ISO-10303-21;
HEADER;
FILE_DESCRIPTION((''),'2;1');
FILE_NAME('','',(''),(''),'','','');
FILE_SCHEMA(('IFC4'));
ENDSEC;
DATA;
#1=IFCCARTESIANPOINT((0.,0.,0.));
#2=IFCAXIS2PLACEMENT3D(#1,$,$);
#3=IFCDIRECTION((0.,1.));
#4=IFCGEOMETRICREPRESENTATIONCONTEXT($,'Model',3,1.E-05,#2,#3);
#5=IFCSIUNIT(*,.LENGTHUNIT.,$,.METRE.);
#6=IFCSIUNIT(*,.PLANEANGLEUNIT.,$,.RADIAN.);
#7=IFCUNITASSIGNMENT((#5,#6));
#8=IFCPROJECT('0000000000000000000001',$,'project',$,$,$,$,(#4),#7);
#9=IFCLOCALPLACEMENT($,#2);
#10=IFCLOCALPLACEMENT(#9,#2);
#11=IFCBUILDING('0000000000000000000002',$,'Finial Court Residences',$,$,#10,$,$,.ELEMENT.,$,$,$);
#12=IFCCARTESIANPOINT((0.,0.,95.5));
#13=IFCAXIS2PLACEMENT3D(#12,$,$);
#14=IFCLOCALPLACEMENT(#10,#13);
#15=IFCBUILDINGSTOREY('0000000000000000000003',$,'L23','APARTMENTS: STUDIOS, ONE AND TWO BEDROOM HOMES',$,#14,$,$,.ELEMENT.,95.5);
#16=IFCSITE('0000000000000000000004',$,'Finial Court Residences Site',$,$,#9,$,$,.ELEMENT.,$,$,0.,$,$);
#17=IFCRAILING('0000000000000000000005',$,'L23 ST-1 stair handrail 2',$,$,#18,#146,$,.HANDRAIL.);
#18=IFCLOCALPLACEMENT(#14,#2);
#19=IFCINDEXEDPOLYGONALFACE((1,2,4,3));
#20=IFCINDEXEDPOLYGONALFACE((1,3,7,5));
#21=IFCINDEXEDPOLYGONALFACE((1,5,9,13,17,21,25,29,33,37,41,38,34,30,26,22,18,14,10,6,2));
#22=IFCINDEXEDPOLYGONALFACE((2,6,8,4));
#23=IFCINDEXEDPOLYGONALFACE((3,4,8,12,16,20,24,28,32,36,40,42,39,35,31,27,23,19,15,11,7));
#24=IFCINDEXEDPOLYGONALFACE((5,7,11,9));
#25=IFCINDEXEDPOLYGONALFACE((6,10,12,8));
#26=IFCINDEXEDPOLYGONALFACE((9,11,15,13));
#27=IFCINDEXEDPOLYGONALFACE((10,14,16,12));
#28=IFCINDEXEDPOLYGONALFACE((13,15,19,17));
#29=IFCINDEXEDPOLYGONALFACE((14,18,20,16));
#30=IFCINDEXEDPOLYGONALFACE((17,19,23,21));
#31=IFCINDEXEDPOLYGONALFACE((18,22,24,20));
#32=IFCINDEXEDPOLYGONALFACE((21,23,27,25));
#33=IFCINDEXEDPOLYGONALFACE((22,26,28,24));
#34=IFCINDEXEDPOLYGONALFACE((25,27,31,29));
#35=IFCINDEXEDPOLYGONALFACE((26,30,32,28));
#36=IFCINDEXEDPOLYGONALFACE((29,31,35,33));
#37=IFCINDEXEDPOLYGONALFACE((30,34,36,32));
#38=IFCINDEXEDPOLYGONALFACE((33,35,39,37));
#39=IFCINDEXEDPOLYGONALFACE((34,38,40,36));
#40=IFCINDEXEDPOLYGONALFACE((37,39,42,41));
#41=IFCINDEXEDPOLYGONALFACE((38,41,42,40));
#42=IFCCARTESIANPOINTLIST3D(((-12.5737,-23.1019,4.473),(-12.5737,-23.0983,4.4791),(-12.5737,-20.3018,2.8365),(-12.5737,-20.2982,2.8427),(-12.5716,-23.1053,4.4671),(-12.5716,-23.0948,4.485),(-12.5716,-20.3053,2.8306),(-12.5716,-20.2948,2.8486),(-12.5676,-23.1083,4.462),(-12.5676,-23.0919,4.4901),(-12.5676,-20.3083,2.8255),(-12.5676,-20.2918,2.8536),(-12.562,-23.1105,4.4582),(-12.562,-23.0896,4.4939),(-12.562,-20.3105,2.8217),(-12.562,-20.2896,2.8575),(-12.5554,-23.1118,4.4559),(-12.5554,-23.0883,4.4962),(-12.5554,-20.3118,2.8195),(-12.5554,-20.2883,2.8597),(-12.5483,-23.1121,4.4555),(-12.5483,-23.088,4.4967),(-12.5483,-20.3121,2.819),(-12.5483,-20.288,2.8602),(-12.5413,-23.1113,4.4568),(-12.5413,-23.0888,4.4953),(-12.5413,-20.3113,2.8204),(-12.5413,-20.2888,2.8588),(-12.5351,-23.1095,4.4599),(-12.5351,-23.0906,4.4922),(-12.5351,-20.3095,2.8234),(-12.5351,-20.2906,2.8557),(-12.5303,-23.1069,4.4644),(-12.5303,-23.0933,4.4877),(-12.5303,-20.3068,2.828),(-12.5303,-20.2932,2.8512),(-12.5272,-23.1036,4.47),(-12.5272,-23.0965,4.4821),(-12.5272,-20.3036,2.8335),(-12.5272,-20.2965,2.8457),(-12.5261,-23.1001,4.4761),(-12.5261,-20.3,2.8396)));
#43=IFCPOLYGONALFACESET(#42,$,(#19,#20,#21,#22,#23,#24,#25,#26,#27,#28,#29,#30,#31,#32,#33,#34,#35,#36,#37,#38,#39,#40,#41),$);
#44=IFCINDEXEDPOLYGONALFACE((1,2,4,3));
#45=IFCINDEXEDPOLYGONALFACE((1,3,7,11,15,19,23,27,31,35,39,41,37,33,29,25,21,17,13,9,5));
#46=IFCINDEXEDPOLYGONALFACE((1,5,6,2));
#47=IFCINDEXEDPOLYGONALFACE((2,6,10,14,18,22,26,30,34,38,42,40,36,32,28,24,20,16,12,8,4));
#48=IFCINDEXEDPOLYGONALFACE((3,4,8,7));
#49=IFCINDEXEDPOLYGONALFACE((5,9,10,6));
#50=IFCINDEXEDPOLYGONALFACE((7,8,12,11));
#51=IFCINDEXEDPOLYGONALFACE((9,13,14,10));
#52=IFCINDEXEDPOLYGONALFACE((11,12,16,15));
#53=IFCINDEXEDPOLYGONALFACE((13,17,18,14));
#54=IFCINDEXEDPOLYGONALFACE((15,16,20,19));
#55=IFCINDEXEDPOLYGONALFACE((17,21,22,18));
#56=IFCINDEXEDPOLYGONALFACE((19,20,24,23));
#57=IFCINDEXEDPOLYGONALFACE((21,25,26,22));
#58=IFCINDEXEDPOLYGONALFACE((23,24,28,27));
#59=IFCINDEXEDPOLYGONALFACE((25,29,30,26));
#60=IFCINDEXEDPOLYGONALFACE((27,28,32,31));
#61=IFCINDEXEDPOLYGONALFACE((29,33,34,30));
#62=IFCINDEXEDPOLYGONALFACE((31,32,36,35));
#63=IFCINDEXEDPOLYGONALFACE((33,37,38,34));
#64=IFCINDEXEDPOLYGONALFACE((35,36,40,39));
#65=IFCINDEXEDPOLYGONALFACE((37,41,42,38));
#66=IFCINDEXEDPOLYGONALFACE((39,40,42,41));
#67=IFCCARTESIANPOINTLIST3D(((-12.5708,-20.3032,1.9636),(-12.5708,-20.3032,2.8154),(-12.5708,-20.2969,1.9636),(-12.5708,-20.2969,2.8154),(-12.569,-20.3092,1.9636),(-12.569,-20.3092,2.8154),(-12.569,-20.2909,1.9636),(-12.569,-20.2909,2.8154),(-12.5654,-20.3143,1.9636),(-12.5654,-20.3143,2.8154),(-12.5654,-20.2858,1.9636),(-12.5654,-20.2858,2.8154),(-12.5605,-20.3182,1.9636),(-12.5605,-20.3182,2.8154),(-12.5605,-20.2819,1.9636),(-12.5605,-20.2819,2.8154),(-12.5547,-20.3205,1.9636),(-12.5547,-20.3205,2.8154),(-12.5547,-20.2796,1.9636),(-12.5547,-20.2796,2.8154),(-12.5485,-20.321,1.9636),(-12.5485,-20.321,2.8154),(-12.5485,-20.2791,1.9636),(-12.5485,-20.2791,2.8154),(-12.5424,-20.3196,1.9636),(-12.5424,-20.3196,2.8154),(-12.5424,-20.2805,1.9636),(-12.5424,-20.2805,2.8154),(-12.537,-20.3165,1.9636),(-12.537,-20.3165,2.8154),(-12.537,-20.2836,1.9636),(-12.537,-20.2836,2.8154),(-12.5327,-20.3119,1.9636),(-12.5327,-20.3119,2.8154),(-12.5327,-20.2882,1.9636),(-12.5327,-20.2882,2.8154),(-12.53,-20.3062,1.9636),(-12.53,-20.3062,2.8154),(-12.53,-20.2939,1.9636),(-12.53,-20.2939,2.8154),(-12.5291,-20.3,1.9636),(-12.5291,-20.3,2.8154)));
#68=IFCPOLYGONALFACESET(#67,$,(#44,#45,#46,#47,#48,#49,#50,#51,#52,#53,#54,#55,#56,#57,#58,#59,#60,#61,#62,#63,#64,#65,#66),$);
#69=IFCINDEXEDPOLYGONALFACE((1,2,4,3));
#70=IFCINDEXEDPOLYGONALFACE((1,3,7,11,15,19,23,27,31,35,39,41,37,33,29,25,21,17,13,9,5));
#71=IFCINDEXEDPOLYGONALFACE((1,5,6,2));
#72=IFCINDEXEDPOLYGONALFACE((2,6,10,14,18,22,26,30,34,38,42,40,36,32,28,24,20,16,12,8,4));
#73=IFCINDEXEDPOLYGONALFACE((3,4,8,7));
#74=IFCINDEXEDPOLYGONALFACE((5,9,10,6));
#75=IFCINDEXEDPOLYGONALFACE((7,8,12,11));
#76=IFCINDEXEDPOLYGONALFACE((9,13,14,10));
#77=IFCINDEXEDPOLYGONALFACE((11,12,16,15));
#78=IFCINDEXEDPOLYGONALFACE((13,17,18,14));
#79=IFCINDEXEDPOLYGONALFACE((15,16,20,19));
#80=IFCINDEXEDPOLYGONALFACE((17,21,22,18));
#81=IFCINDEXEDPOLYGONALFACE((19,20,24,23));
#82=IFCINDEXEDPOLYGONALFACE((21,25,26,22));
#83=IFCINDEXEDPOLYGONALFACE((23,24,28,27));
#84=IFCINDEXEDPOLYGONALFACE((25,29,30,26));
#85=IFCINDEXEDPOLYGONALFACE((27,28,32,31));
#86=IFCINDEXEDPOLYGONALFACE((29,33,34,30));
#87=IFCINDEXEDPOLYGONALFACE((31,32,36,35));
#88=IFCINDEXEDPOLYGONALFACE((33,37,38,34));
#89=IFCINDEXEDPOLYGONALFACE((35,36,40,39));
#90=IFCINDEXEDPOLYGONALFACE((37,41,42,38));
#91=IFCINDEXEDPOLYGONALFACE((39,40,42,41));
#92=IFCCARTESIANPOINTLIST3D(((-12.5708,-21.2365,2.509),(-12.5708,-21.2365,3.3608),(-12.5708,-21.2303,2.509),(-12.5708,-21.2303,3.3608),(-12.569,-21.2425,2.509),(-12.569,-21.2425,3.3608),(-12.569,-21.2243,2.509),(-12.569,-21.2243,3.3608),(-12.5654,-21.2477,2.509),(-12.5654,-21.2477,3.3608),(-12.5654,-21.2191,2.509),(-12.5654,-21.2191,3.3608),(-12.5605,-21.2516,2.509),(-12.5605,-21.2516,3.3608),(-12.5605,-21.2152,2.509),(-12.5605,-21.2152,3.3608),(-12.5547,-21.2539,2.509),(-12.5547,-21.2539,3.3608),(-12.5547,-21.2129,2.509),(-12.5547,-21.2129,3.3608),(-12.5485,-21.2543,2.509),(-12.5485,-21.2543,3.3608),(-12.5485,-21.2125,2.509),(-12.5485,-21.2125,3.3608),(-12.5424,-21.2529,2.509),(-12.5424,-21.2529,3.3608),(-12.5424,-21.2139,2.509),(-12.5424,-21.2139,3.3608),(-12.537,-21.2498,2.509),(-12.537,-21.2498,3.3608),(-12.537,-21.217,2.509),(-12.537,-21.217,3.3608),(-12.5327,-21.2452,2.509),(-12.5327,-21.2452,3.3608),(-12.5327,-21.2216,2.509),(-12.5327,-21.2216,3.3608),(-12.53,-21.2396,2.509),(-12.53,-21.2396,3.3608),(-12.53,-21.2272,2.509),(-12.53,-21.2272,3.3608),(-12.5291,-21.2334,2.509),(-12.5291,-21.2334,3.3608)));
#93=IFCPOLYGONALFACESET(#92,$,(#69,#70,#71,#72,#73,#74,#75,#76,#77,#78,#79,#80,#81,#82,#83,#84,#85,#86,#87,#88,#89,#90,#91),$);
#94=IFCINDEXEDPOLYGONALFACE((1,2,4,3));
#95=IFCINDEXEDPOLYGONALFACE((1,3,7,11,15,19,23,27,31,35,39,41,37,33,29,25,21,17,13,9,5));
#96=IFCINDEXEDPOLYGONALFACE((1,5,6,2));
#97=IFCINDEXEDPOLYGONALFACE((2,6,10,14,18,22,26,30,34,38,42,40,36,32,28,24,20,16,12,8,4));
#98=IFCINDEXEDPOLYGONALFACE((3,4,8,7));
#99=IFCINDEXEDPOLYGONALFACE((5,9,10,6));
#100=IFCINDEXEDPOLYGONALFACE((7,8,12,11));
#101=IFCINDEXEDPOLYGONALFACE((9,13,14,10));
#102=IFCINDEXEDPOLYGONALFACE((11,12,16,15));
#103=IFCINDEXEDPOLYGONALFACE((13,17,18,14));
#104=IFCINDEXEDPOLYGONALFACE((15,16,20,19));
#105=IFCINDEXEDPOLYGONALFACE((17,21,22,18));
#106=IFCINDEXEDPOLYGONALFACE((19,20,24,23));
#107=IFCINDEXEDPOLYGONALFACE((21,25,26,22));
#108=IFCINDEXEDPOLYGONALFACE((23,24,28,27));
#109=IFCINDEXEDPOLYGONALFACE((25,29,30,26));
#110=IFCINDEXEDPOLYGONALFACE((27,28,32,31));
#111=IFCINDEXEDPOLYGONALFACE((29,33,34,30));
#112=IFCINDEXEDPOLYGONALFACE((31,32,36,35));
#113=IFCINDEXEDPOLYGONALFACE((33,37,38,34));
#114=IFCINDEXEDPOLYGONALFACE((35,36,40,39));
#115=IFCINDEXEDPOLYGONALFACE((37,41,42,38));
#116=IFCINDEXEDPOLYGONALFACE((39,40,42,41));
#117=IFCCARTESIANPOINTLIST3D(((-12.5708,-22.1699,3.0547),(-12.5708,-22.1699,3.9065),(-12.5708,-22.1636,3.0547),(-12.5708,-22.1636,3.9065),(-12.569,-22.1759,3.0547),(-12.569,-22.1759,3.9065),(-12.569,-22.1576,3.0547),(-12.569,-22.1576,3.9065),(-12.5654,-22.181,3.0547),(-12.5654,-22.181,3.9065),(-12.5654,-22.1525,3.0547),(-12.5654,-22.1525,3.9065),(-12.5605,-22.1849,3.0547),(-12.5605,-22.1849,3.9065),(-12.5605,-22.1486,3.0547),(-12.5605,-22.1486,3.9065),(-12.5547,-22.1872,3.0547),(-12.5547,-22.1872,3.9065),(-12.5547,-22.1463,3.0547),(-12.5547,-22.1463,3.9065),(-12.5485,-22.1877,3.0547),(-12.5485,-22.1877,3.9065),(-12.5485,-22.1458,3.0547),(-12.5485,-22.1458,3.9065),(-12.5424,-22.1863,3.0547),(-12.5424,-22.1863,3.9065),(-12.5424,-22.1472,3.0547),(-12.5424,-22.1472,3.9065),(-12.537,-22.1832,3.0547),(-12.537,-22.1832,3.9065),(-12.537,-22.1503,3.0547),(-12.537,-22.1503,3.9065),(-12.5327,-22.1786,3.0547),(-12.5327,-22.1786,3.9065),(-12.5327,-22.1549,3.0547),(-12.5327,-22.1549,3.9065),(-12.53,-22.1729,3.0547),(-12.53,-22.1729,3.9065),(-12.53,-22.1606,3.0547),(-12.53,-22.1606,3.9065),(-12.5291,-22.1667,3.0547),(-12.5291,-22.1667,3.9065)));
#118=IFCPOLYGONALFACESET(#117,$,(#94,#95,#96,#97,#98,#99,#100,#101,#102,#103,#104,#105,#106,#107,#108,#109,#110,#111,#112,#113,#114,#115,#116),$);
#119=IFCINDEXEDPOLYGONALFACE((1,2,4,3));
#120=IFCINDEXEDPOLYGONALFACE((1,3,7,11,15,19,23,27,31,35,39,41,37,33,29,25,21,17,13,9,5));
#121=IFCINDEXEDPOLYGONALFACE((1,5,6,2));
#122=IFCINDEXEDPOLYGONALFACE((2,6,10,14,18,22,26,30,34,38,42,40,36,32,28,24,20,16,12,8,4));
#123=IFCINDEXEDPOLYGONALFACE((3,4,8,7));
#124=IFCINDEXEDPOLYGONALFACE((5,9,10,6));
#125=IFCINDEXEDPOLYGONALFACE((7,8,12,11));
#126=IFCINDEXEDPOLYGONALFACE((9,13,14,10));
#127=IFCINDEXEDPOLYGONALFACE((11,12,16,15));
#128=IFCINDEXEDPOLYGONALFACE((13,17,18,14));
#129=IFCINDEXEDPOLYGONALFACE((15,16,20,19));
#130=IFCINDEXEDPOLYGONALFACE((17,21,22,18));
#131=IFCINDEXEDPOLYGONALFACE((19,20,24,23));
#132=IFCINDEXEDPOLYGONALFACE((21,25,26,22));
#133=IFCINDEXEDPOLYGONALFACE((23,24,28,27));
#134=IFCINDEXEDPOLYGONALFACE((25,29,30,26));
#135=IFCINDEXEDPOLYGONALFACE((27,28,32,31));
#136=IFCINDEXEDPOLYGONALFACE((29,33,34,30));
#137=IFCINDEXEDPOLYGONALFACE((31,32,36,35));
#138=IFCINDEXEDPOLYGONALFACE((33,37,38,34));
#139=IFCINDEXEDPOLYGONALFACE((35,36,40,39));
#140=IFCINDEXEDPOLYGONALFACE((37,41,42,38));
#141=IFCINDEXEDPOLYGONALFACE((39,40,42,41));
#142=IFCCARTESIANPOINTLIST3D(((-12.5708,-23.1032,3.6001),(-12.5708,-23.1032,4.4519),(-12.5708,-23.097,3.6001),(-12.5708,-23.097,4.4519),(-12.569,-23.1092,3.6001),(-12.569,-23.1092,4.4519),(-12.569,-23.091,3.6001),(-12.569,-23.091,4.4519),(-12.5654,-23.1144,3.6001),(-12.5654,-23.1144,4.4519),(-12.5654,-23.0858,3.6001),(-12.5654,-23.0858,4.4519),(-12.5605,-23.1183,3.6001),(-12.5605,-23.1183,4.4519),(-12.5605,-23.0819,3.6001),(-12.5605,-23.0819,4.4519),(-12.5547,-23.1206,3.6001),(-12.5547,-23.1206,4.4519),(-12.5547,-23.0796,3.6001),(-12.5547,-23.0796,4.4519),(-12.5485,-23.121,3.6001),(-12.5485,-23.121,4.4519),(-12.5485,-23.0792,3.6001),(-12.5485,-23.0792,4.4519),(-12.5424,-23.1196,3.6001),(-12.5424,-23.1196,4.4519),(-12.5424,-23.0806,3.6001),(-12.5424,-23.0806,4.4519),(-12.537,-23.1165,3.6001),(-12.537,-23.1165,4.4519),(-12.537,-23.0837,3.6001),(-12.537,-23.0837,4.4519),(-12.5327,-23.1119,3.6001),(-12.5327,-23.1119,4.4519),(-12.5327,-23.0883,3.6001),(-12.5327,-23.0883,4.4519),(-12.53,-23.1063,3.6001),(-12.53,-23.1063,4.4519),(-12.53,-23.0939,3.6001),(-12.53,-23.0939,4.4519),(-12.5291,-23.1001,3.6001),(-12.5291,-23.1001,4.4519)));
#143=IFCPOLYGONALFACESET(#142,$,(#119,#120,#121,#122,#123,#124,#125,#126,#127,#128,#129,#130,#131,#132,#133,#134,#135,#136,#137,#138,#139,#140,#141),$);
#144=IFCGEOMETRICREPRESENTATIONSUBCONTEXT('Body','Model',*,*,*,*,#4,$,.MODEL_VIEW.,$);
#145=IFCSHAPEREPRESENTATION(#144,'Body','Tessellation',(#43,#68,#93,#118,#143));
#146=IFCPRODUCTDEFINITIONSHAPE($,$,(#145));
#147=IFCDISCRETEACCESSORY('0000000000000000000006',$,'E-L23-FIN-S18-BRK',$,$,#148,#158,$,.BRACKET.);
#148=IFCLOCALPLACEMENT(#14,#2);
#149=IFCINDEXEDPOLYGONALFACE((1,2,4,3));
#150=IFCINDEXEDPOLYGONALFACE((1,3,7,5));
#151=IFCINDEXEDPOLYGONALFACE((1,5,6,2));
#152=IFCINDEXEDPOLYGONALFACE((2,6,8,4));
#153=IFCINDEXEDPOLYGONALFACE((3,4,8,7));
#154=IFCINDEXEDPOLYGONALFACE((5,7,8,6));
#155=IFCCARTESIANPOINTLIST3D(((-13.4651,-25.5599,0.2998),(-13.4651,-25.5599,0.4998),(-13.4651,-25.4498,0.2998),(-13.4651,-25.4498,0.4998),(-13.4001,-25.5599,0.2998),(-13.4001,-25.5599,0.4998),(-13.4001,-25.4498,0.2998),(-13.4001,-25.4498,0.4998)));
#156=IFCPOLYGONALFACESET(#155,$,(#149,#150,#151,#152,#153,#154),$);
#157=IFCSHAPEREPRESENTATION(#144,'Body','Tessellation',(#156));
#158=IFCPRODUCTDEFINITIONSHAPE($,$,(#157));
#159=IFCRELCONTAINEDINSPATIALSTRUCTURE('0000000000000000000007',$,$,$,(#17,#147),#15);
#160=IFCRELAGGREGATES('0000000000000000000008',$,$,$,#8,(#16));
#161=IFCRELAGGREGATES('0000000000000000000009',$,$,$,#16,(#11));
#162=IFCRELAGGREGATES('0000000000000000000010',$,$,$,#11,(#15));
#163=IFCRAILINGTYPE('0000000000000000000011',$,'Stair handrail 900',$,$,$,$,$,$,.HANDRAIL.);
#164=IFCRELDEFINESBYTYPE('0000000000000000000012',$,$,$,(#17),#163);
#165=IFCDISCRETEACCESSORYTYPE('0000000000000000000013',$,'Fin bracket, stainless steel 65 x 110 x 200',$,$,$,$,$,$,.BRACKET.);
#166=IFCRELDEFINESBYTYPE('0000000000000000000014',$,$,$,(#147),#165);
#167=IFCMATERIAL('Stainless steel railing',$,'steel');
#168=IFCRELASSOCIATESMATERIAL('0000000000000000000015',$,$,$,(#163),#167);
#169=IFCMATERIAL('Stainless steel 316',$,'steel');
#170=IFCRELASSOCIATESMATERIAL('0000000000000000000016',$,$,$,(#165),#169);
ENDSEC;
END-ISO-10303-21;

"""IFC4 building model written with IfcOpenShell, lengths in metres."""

from ifc_helpers import new_model, si_unit, direction, frame, origin, origin_2d, place, context, subcontext, project, spatial, rectangle, circle, extrude, material, type_object, element, save


model = new_model("IFC4")

# Units and contexts
model_context = context("Model", 3, precision=1e-05, world=origin(), true_north=direction((0.0, 1.0)))
body_context = subcontext(model_context, "Body", "Model", "MODEL_VIEW")
ifc_project = project(units=[si_unit("LENGTHUNIT", "METRE"), si_unit("PLANEANGLEUNIT", "RADIAN")], contexts=[model_context])

# Site, building, storey
site_placement = place(None, origin())
site = spatial("IfcSite", under=ifc_project, at=site_placement, Name="Finial Court Residences Site", CompositionType="ELEMENT", RefElevation=0.0)
building_placement = place(site_placement, origin())
building = spatial("IfcBuilding", under=site, at=building_placement, Name="Finial Court Residences", CompositionType="ELEMENT")
storey_placement = place(building_placement, frame((0.0, 0.0, 95.5)))
storey = spatial("IfcBuildingStorey", under=building, at=storey_placement, Name="L23", Description="APARTMENTS: STUDIOS, ONE AND TWO BEDROOM HOMES", CompositionType="ELEMENT", Elevation=95.5)

# Railing
ifc_material_1 = material(Name="Stainless steel railing", Category="steel")
railing_type_1 = type_object("IfcRailingType", Name="Stair handrail 900", PredefinedType="HANDRAIL", material=ifc_material_1)
railing_1_placement = place(storey_placement, frame((-12.55, -20.3, 1.9636)))
element("IfcRailing", 1, at=railing_1_placement, inside=storey, type_object=railing_type_1, Name="L23 ST-1 stair handrail 2", PredefinedType="HANDRAIL", context=body_context, shape_type="SweptSolid", body=[
    extrude(circle(Radius=0.0239, at=origin_2d()), frame((0.0, 0.0, 0.876), z_axis=(0.0, -0.863361, 0.504587), x_axis=(1.0, 0.0, 0.0)), (0.0, 0.0, 1.0), 3.2432),
    extrude(circle(Radius=0.021, at=origin_2d()), origin(), (0.0, 0.0, 1.0), 0.8518),
    extrude(circle(Radius=0.021, at=origin_2d()), frame((0.0, -0.9333, 0.5454)), (0.0, 0.0, 1.0), 0.8518),
    extrude(circle(Radius=0.021, at=origin_2d()), frame((0.0, -1.8667, 1.0911)), (0.0, 0.0, 1.0), 0.8518),
    extrude(circle(Radius=0.021, at=origin_2d()), frame((0.0, -2.8, 1.6365)), (0.0, 0.0, 1.0), 0.8518),
])

# Discrete accessory
ifc_material_2 = material(Name="Stainless steel 316", Category="steel")
discrete_accessory_type = type_object("IfcDiscreteAccessoryType", Name="Fin bracket, stainless steel 65 x 110 x 200", PredefinedType="BRACKET", material=ifc_material_2)
discrete_accessory_placement = place(storey_placement, frame((-13.4326, -25.5049, 0.2998), z_axis=(0.0, 0.0, 1.0), x_axis=(1.0, 0.0, 0.0)))
element("IfcDiscreteAccessory", 2, at=discrete_accessory_placement, inside=storey, type_object=discrete_accessory_type, Name="E-L23-FIN-S18-BRK", PredefinedType="BRACKET", context=body_context, shape_type="SweptSolid", body=[
    extrude(rectangle(XDim=0.0649, YDim=0.1101, at=origin_2d()), origin(), (0.0, 0.0, 1.0), 0.2),
])

save(model, "model.ifc")
